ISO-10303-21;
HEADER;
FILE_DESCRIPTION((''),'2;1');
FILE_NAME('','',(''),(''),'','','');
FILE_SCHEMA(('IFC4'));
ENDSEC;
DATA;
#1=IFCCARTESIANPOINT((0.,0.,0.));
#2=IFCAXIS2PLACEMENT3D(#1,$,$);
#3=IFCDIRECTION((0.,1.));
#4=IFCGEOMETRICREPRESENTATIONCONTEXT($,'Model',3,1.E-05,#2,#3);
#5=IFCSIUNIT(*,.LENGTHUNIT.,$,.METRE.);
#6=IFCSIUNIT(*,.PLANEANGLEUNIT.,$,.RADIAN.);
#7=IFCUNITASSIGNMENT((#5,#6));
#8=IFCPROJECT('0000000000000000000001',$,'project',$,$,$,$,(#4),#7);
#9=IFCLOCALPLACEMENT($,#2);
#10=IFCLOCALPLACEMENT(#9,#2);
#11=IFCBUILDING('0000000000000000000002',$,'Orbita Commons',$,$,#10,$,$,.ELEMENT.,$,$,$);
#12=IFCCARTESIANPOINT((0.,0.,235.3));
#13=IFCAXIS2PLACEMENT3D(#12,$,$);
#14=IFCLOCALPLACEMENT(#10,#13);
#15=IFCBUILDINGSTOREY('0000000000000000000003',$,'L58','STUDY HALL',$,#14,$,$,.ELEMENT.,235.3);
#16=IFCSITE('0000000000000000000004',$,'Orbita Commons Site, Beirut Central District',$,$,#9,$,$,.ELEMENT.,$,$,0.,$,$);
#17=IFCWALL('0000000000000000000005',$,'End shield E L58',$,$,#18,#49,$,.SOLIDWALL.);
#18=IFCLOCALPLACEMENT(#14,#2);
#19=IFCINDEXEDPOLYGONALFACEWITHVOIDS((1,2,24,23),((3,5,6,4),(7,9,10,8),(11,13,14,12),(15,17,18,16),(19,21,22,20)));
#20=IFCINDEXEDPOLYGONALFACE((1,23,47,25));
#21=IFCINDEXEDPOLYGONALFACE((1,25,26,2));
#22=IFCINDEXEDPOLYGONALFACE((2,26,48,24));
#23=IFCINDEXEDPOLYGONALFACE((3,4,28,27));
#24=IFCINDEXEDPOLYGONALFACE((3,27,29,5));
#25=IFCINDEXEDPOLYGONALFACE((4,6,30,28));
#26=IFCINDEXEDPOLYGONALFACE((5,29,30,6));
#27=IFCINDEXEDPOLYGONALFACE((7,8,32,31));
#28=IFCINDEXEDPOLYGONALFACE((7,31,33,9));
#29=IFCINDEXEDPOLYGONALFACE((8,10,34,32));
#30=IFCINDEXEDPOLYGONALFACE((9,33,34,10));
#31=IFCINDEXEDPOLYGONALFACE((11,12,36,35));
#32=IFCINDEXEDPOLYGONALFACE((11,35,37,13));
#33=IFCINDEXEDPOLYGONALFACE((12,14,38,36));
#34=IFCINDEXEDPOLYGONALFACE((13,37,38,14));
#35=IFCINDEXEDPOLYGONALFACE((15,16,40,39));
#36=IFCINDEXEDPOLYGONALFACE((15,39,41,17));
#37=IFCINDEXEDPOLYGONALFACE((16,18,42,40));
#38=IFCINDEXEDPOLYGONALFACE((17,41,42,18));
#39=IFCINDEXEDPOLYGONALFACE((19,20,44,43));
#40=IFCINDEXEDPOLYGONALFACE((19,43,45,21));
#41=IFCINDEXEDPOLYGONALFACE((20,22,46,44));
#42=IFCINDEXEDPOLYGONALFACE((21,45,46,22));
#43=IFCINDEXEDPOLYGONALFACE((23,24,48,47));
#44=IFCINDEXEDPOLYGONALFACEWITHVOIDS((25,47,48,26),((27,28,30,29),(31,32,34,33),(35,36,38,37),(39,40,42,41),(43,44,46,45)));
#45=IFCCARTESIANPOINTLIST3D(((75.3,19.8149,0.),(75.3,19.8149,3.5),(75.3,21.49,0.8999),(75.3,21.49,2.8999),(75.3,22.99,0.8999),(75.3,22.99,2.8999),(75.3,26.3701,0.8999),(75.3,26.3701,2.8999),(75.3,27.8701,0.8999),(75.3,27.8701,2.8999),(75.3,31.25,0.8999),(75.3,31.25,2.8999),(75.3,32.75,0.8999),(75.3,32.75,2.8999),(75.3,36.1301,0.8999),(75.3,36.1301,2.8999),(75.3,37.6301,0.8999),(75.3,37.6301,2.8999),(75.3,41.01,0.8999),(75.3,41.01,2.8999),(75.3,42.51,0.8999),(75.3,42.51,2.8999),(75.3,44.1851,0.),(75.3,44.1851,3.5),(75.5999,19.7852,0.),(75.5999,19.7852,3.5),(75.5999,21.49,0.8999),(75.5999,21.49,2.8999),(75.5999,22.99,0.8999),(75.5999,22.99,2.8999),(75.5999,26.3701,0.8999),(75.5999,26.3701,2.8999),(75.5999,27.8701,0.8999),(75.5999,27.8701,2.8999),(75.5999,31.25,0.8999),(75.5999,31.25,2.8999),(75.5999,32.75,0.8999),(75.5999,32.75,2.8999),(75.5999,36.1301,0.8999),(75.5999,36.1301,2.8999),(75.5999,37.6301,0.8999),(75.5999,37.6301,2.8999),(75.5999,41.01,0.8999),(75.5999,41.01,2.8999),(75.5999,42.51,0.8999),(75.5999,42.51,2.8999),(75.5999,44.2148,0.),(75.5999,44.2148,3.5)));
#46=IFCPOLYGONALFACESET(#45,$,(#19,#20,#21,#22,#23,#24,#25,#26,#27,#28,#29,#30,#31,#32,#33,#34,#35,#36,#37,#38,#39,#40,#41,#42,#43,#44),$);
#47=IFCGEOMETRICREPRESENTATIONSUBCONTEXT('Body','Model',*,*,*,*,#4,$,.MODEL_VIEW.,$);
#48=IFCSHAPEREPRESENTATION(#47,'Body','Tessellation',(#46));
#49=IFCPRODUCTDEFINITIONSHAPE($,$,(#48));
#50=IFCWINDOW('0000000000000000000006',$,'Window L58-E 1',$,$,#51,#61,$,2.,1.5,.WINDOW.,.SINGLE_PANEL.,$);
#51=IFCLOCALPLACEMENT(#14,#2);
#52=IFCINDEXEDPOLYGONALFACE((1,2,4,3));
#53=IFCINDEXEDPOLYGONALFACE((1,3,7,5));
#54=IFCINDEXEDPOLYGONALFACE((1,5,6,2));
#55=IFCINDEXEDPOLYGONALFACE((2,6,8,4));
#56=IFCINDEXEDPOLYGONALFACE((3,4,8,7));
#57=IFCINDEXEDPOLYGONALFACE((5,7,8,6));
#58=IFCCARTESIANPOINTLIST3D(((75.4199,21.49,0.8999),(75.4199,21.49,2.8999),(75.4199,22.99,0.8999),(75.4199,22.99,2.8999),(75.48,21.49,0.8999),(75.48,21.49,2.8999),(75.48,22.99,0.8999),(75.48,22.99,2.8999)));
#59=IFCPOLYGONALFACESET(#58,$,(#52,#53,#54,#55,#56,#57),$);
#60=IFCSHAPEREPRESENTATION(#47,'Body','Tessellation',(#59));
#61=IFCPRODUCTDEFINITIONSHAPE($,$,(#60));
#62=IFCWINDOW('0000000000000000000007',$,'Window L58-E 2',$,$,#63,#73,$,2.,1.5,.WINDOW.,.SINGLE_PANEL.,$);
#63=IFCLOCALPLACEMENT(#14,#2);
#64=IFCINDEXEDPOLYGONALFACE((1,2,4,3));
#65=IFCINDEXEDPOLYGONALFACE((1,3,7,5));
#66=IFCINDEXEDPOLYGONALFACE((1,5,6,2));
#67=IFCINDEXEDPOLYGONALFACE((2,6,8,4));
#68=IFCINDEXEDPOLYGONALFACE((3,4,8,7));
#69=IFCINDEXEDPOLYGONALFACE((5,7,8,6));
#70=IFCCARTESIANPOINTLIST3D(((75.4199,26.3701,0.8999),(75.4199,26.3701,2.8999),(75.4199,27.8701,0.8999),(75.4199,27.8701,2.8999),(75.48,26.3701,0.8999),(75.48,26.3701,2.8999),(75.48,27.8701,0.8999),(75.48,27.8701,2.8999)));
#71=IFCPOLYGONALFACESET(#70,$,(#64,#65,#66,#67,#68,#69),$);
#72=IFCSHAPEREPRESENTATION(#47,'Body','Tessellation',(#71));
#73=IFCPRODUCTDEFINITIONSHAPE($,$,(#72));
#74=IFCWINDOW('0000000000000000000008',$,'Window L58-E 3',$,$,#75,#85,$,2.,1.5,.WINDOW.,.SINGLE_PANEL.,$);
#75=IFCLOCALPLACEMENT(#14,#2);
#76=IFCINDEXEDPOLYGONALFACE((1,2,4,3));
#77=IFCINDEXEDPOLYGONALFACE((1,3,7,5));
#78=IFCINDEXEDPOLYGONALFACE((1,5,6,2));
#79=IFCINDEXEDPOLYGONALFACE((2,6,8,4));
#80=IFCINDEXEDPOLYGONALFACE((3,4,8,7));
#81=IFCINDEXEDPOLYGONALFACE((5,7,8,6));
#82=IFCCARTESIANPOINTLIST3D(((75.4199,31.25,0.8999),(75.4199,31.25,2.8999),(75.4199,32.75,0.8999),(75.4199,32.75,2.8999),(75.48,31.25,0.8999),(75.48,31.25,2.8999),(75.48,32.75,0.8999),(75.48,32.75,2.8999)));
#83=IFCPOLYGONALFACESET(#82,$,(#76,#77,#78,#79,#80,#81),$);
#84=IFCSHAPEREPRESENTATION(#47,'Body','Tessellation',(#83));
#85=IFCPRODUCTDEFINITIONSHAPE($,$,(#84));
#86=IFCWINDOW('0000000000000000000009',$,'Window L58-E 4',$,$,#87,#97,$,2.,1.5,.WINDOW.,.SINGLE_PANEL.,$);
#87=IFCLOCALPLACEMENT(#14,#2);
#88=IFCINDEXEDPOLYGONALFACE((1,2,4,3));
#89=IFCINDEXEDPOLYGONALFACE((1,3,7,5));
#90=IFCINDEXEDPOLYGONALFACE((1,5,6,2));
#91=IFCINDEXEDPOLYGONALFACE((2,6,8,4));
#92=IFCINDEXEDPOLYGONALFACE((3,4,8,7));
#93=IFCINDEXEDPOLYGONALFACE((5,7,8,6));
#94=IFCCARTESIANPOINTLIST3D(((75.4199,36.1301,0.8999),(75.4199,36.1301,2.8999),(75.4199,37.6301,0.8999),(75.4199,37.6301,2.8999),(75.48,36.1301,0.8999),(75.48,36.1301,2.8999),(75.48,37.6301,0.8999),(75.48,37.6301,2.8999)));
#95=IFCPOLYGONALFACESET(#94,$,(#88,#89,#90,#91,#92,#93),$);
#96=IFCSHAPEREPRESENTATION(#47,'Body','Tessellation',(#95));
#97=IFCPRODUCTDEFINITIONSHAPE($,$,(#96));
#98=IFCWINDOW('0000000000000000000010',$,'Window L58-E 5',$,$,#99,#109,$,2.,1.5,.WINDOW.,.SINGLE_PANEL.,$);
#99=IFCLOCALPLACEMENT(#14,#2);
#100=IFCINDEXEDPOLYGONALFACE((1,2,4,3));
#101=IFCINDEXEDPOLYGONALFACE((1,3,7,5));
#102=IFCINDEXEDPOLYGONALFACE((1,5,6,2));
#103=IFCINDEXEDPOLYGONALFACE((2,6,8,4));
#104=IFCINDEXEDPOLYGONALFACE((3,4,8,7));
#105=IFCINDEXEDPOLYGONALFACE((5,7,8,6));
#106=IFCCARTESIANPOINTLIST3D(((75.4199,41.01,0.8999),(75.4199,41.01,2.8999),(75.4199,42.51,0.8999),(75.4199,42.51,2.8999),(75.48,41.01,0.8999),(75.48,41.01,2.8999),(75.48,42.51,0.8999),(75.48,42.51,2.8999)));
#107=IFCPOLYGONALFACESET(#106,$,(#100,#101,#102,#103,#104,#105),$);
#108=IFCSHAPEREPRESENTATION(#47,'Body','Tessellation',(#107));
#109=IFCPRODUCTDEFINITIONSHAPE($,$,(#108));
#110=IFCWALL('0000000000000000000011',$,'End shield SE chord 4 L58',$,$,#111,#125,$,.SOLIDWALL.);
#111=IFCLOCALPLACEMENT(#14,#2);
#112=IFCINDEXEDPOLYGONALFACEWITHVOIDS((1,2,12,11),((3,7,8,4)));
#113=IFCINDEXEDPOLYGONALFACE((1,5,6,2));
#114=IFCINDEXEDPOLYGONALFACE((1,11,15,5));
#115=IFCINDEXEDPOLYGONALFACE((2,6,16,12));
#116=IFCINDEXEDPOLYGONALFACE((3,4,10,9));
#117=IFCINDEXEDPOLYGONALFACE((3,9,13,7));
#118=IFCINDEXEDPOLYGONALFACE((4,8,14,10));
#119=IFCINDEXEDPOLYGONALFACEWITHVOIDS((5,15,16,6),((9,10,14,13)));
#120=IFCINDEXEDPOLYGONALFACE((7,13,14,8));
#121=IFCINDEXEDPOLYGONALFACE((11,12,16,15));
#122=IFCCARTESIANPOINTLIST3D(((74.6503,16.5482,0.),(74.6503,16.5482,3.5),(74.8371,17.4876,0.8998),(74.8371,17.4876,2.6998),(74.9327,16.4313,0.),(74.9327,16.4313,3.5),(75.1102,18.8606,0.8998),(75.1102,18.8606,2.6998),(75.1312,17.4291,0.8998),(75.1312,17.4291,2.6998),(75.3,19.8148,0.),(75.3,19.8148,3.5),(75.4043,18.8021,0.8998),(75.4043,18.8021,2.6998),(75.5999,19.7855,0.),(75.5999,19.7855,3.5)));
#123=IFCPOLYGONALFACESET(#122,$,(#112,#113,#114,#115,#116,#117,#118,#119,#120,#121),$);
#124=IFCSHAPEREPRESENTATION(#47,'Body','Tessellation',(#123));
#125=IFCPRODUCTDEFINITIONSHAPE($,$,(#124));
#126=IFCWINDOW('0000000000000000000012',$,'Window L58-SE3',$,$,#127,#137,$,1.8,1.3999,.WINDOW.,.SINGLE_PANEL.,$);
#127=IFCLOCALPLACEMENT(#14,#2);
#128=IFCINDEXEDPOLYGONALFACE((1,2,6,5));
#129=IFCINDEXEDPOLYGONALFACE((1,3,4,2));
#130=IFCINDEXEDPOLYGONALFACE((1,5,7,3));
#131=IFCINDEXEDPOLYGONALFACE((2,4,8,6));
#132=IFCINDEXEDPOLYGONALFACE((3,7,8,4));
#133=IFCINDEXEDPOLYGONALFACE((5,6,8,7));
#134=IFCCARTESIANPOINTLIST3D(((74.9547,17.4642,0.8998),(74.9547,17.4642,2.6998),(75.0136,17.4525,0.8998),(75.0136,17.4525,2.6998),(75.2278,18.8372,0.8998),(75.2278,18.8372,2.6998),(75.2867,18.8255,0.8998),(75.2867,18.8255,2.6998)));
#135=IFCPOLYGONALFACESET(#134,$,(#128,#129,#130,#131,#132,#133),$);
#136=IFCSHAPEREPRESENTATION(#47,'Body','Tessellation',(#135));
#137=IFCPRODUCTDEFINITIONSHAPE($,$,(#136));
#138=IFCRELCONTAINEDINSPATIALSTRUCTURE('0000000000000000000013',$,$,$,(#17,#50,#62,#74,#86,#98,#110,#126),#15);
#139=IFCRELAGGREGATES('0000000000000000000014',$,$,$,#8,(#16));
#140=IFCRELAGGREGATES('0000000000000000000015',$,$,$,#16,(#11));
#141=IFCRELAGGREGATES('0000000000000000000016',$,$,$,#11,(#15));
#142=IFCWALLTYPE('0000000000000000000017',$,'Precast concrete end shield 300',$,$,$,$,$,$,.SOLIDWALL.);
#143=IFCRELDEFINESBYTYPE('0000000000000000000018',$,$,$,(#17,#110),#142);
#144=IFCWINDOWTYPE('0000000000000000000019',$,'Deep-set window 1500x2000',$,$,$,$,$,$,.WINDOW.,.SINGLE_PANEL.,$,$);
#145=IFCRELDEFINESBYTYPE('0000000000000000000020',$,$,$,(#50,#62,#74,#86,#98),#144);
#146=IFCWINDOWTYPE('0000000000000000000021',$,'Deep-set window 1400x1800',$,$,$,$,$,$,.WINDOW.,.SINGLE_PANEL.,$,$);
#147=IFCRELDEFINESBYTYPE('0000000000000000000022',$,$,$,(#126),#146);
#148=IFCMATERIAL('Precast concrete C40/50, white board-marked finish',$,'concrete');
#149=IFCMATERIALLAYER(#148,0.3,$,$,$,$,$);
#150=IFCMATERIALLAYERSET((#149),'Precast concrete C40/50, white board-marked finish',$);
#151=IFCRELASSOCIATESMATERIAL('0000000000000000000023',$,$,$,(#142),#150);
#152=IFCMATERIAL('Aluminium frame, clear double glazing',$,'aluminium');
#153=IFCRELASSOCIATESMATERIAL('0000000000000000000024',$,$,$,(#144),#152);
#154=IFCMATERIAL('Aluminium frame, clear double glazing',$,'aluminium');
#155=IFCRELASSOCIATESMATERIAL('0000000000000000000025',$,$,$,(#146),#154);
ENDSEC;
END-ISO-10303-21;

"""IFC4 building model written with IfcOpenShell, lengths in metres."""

from ifc_helpers import new_model, si_unit, direction, frame, frame_2d, origin, place, context, subcontext, project, spatial, polyline, rectangle, outline, extrude, material, layer, layer_set, type_object, element, fill, save


model = new_model("IFC4")

# Units and contexts
model_context = context("Model", 3, precision=1e-05, world=origin(), true_north=direction((0.0, 1.0)))
body_context = subcontext(model_context, "Body", "Model", "MODEL_VIEW")
ifc_project = project(units=[si_unit("LENGTHUNIT", "METRE"), si_unit("PLANEANGLEUNIT", "RADIAN")], contexts=[model_context])

# Site, building, storey
site_placement = place(None, origin())
site = spatial("IfcSite", under=ifc_project, at=site_placement, Name="Orbita Commons Site, Beirut Central District", CompositionType="ELEMENT", RefElevation=0.0)
building_placement = place(site_placement, origin())
building = spatial("IfcBuilding", under=site, at=building_placement, Name="Orbita Commons", CompositionType="ELEMENT")
storey_placement = place(building_placement, frame((0.0, 0.0, 235.3)))
storey = spatial("IfcBuildingStorey", under=building, at=storey_placement, Name="L58", Description="STUDY HALL", CompositionType="ELEMENT", Elevation=235.3)

# Wall, openings, windows
ifc_material_1 = material(Name="Precast concrete C40/50, white board-marked finish", Category="concrete")
ifc_layer_1 = layer(ifc_material_1, 0.3)
ifc_layer_set_1 = layer_set([ifc_layer_1], Name="Precast concrete C40/50, white board-marked finish")
wall_type_1 = type_object("IfcWallType", Name="Precast concrete end shield 300", PredefinedType="SOLIDWALL", material=ifc_layer_set_1)
wall_1_placement = place(storey_placement, frame((75.45, 19.8, 0.0), z_axis=(0.0, 0.0, 1.0), x_axis=(0.0, 1.0, 0.0)))
wall_1 = element("IfcWall", 1, at=wall_1_placement, inside=storey, type_object=wall_type_1, Name="End shield E L58", PredefinedType="SOLIDWALL", context=body_context, shape_type="SweptSolid", body=[
    extrude(outline(polyline([(-0.0149, -0.1499), (24.4148, -0.1499), (24.385, 0.1499), (0.0149, 0.1499), (-0.0149, -0.1499)])), origin(), (0.0, 0.0, 1.0), 3.5),
])
opening_1_placement = place(wall_1_placement, frame((1.6899, 0.0, 0.8999)))
opening_1 = element("IfcOpeningElement", 2, at=opening_1_placement, cuts=wall_1, PredefinedType="OPENING", context=body_context, shape_type="SweptSolid", body=[
    extrude(rectangle(XDim=1.5, YDim=2.0, at=frame_2d((0.75, 1.0))), frame((0.0, 0.1599, 0.0), z_axis=(0.0, -1.0, 0.0), x_axis=(1.0, 0.0, 0.0)), (0.0, 0.0, 1.0), 0.3201),
])
opening_2_placement = place(wall_1_placement, frame((6.5701, 0.0, 0.8999)))
opening_2 = element("IfcOpeningElement", 3, at=opening_2_placement, cuts=wall_1, PredefinedType="OPENING", context=body_context, shape_type="SweptSolid", body=[
    extrude(rectangle(XDim=1.5, YDim=2.0, at=frame_2d((0.75, 1.0))), frame((0.0, 0.1599, 0.0), z_axis=(0.0, -1.0, 0.0), x_axis=(1.0, 0.0, 0.0)), (0.0, 0.0, 1.0), 0.3201),
])
opening_3_placement = place(wall_1_placement, frame((11.45, 0.0, 0.8999)))
opening_3 = element("IfcOpeningElement", 4, at=opening_3_placement, cuts=wall_1, PredefinedType="OPENING", context=body_context, shape_type="SweptSolid", body=[
    extrude(rectangle(XDim=1.5, YDim=2.0, at=frame_2d((0.75, 1.0))), frame((0.0, 0.1599, 0.0), z_axis=(0.0, -1.0, 0.0), x_axis=(1.0, 0.0, 0.0)), (0.0, 0.0, 1.0), 0.3201),
])
opening_4_placement = place(wall_1_placement, frame((16.3301, 0.0, 0.8999)))
opening_4 = element("IfcOpeningElement", 5, at=opening_4_placement, cuts=wall_1, PredefinedType="OPENING", context=body_context, shape_type="SweptSolid", body=[
    extrude(rectangle(XDim=1.5, YDim=2.0, at=frame_2d((0.75, 1.0))), frame((0.0, 0.1599, 0.0), z_axis=(0.0, -1.0, 0.0), x_axis=(1.0, 0.0, 0.0)), (0.0, 0.0, 1.0), 0.3201),
])
opening_5_placement = place(wall_1_placement, frame((21.21, 0.0, 0.8999)))
opening_5 = element("IfcOpeningElement", 6, at=opening_5_placement, cuts=wall_1, PredefinedType="OPENING", context=body_context, shape_type="SweptSolid", body=[
    extrude(rectangle(XDim=1.5, YDim=2.0, at=frame_2d((0.75, 1.0))), frame((0.0, 0.1599, 0.0), z_axis=(0.0, -1.0, 0.0), x_axis=(1.0, 0.0, 0.0)), (0.0, 0.0, 1.0), 0.3201),
])
ifc_material_2 = material(Name="Aluminium frame, clear double glazing", Category="aluminium")
window_type_1 = type_object("IfcWindowType", Name="Deep-set window 1500x2000", PartitioningType="SINGLE_PANEL", PredefinedType="WINDOW", material=ifc_material_2)
window_1_placement = place(opening_1_placement, origin())
window_1 = element("IfcWindow", 7, at=window_1_placement, inside=storey, type_object=window_type_1, Name="Window L58-E 1", OverallHeight=2.0, OverallWidth=1.5, PartitioningType="SINGLE_PANEL", PredefinedType="WINDOW", context=body_context, shape_type="SweptSolid", body=[
    extrude(rectangle(XDim=1.5, YDim=2.0, at=frame_2d((0.75, 1.0))), frame((0.0, 0.03, 0.0), z_axis=(0.0, -1.0, 0.0), x_axis=(1.0, 0.0, 0.0)), (0.0, 0.0, 1.0), 0.0601),
])
fill(opening_1, window_1)
window_2_placement = place(opening_2_placement, origin())
window_2 = element("IfcWindow", 8, at=window_2_placement, inside=storey, type_object=window_type_1, Name="Window L58-E 2", OverallHeight=2.0, OverallWidth=1.5, PartitioningType="SINGLE_PANEL", PredefinedType="WINDOW", context=body_context, shape_type="SweptSolid", body=[
    extrude(rectangle(XDim=1.5, YDim=2.0, at=frame_2d((0.75, 1.0))), frame((0.0, 0.03, 0.0), z_axis=(0.0, -1.0, 0.0), x_axis=(1.0, 0.0, 0.0)), (0.0, 0.0, 1.0), 0.0601),
])
fill(opening_2, window_2)
window_3_placement = place(opening_3_placement, origin())
window_3 = element("IfcWindow", 9, at=window_3_placement, inside=storey, type_object=window_type_1, Name="Window L58-E 3", OverallHeight=2.0, OverallWidth=1.5, PartitioningType="SINGLE_PANEL", PredefinedType="WINDOW", context=body_context, shape_type="SweptSolid", body=[
    extrude(rectangle(XDim=1.5, YDim=2.0, at=frame_2d((0.75, 1.0))), frame((0.0, 0.03, 0.0), z_axis=(0.0, -1.0, 0.0), x_axis=(1.0, 0.0, 0.0)), (0.0, 0.0, 1.0), 0.0601),
])
fill(opening_3, window_3)
window_4_placement = place(opening_4_placement, origin())
window_4 = element("IfcWindow", 10, at=window_4_placement, inside=storey, type_object=window_type_1, Name="Window L58-E 4", OverallHeight=2.0, OverallWidth=1.5, PartitioningType="SINGLE_PANEL", PredefinedType="WINDOW", context=body_context, shape_type="SweptSolid", body=[
    extrude(rectangle(XDim=1.5, YDim=2.0, at=frame_2d((0.75, 1.0))), frame((0.0, 0.03, 0.0), z_axis=(0.0, -1.0, 0.0), x_axis=(1.0, 0.0, 0.0)), (0.0, 0.0, 1.0), 0.0601),
])
fill(opening_4, window_4)
window_5_placement = place(opening_5_placement, origin())
window_5 = element("IfcWindow", 11, at=window_5_placement, inside=storey, type_object=window_type_1, Name="Window L58-E 5", OverallHeight=2.0, OverallWidth=1.5, PartitioningType="SINGLE_PANEL", PredefinedType="WINDOW", context=body_context, shape_type="SweptSolid", body=[
    extrude(rectangle(XDim=1.5, YDim=2.0, at=frame_2d((0.75, 1.0))), frame((0.0, 0.03, 0.0), z_axis=(0.0, -1.0, 0.0), x_axis=(1.0, 0.0, 0.0)), (0.0, 0.0, 1.0), 0.0601),
])
fill(opening_5, window_5)

# Wall, opening, window
wall_2_placement = place(storey_placement, frame((74.7915, 16.4897, 0.0), z_axis=(0.0, 0.0, 1.0), x_axis=(0.195087, 0.980786, 0.0)))
wall_2 = element("IfcWall", 12, at=wall_2_placement, inside=storey, type_object=wall_type_1, Name="End shield SE chord 4 L58", PredefinedType="SOLIDWALL", context=body_context, shape_type="SweptSolid", body=[
    extrude(outline(polyline([(-0.0298, -0.1499), (3.3901, -0.1499), (3.3604, 0.1499), (0.0298, 0.1499), (-0.0298, -0.1499)])), origin(), (0.0, 0.0, 1.0), 3.5),
])
opening_6_placement = place(wall_2_placement, frame((0.9875, 0.0, 0.8999)))
opening_6 = element("IfcOpeningElement", 13, at=opening_6_placement, cuts=wall_2, PredefinedType="OPENING", context=body_context, shape_type="SweptSolid", body=[
    extrude(rectangle(XDim=1.3999, YDim=1.8, at=frame_2d((0.7, 0.8999))), frame((0.0, 0.1599, 0.0), z_axis=(0.0, -1.0, 0.0), x_axis=(1.0, 0.0, 0.0)), (0.0, 0.0, 1.0), 0.3201),
])
ifc_material_3 = material(Name="Aluminium frame, clear double glazing", Category="aluminium")
window_type_2 = type_object("IfcWindowType", Name="Deep-set window 1400x1800", PartitioningType="SINGLE_PANEL", PredefinedType="WINDOW", material=ifc_material_3)
window_6_placement = place(opening_6_placement, origin())
window_6 = element("IfcWindow", 14, at=window_6_placement, inside=storey, type_object=window_type_2, Name="Window L58-SE3", OverallHeight=1.8, OverallWidth=1.3999, PartitioningType="SINGLE_PANEL", PredefinedType="WINDOW", context=body_context, shape_type="SweptSolid", body=[
    extrude(rectangle(XDim=1.3999, YDim=1.8, at=frame_2d((0.7, 0.8999))), frame((0.0, 0.03, 0.0), z_axis=(0.0, -1.0, 0.0), x_axis=(1.0, 0.0, 0.0)), (0.0, 0.0, 1.0), 0.0601),
])
fill(opening_6, window_6)

save(model, "model.ifc")
